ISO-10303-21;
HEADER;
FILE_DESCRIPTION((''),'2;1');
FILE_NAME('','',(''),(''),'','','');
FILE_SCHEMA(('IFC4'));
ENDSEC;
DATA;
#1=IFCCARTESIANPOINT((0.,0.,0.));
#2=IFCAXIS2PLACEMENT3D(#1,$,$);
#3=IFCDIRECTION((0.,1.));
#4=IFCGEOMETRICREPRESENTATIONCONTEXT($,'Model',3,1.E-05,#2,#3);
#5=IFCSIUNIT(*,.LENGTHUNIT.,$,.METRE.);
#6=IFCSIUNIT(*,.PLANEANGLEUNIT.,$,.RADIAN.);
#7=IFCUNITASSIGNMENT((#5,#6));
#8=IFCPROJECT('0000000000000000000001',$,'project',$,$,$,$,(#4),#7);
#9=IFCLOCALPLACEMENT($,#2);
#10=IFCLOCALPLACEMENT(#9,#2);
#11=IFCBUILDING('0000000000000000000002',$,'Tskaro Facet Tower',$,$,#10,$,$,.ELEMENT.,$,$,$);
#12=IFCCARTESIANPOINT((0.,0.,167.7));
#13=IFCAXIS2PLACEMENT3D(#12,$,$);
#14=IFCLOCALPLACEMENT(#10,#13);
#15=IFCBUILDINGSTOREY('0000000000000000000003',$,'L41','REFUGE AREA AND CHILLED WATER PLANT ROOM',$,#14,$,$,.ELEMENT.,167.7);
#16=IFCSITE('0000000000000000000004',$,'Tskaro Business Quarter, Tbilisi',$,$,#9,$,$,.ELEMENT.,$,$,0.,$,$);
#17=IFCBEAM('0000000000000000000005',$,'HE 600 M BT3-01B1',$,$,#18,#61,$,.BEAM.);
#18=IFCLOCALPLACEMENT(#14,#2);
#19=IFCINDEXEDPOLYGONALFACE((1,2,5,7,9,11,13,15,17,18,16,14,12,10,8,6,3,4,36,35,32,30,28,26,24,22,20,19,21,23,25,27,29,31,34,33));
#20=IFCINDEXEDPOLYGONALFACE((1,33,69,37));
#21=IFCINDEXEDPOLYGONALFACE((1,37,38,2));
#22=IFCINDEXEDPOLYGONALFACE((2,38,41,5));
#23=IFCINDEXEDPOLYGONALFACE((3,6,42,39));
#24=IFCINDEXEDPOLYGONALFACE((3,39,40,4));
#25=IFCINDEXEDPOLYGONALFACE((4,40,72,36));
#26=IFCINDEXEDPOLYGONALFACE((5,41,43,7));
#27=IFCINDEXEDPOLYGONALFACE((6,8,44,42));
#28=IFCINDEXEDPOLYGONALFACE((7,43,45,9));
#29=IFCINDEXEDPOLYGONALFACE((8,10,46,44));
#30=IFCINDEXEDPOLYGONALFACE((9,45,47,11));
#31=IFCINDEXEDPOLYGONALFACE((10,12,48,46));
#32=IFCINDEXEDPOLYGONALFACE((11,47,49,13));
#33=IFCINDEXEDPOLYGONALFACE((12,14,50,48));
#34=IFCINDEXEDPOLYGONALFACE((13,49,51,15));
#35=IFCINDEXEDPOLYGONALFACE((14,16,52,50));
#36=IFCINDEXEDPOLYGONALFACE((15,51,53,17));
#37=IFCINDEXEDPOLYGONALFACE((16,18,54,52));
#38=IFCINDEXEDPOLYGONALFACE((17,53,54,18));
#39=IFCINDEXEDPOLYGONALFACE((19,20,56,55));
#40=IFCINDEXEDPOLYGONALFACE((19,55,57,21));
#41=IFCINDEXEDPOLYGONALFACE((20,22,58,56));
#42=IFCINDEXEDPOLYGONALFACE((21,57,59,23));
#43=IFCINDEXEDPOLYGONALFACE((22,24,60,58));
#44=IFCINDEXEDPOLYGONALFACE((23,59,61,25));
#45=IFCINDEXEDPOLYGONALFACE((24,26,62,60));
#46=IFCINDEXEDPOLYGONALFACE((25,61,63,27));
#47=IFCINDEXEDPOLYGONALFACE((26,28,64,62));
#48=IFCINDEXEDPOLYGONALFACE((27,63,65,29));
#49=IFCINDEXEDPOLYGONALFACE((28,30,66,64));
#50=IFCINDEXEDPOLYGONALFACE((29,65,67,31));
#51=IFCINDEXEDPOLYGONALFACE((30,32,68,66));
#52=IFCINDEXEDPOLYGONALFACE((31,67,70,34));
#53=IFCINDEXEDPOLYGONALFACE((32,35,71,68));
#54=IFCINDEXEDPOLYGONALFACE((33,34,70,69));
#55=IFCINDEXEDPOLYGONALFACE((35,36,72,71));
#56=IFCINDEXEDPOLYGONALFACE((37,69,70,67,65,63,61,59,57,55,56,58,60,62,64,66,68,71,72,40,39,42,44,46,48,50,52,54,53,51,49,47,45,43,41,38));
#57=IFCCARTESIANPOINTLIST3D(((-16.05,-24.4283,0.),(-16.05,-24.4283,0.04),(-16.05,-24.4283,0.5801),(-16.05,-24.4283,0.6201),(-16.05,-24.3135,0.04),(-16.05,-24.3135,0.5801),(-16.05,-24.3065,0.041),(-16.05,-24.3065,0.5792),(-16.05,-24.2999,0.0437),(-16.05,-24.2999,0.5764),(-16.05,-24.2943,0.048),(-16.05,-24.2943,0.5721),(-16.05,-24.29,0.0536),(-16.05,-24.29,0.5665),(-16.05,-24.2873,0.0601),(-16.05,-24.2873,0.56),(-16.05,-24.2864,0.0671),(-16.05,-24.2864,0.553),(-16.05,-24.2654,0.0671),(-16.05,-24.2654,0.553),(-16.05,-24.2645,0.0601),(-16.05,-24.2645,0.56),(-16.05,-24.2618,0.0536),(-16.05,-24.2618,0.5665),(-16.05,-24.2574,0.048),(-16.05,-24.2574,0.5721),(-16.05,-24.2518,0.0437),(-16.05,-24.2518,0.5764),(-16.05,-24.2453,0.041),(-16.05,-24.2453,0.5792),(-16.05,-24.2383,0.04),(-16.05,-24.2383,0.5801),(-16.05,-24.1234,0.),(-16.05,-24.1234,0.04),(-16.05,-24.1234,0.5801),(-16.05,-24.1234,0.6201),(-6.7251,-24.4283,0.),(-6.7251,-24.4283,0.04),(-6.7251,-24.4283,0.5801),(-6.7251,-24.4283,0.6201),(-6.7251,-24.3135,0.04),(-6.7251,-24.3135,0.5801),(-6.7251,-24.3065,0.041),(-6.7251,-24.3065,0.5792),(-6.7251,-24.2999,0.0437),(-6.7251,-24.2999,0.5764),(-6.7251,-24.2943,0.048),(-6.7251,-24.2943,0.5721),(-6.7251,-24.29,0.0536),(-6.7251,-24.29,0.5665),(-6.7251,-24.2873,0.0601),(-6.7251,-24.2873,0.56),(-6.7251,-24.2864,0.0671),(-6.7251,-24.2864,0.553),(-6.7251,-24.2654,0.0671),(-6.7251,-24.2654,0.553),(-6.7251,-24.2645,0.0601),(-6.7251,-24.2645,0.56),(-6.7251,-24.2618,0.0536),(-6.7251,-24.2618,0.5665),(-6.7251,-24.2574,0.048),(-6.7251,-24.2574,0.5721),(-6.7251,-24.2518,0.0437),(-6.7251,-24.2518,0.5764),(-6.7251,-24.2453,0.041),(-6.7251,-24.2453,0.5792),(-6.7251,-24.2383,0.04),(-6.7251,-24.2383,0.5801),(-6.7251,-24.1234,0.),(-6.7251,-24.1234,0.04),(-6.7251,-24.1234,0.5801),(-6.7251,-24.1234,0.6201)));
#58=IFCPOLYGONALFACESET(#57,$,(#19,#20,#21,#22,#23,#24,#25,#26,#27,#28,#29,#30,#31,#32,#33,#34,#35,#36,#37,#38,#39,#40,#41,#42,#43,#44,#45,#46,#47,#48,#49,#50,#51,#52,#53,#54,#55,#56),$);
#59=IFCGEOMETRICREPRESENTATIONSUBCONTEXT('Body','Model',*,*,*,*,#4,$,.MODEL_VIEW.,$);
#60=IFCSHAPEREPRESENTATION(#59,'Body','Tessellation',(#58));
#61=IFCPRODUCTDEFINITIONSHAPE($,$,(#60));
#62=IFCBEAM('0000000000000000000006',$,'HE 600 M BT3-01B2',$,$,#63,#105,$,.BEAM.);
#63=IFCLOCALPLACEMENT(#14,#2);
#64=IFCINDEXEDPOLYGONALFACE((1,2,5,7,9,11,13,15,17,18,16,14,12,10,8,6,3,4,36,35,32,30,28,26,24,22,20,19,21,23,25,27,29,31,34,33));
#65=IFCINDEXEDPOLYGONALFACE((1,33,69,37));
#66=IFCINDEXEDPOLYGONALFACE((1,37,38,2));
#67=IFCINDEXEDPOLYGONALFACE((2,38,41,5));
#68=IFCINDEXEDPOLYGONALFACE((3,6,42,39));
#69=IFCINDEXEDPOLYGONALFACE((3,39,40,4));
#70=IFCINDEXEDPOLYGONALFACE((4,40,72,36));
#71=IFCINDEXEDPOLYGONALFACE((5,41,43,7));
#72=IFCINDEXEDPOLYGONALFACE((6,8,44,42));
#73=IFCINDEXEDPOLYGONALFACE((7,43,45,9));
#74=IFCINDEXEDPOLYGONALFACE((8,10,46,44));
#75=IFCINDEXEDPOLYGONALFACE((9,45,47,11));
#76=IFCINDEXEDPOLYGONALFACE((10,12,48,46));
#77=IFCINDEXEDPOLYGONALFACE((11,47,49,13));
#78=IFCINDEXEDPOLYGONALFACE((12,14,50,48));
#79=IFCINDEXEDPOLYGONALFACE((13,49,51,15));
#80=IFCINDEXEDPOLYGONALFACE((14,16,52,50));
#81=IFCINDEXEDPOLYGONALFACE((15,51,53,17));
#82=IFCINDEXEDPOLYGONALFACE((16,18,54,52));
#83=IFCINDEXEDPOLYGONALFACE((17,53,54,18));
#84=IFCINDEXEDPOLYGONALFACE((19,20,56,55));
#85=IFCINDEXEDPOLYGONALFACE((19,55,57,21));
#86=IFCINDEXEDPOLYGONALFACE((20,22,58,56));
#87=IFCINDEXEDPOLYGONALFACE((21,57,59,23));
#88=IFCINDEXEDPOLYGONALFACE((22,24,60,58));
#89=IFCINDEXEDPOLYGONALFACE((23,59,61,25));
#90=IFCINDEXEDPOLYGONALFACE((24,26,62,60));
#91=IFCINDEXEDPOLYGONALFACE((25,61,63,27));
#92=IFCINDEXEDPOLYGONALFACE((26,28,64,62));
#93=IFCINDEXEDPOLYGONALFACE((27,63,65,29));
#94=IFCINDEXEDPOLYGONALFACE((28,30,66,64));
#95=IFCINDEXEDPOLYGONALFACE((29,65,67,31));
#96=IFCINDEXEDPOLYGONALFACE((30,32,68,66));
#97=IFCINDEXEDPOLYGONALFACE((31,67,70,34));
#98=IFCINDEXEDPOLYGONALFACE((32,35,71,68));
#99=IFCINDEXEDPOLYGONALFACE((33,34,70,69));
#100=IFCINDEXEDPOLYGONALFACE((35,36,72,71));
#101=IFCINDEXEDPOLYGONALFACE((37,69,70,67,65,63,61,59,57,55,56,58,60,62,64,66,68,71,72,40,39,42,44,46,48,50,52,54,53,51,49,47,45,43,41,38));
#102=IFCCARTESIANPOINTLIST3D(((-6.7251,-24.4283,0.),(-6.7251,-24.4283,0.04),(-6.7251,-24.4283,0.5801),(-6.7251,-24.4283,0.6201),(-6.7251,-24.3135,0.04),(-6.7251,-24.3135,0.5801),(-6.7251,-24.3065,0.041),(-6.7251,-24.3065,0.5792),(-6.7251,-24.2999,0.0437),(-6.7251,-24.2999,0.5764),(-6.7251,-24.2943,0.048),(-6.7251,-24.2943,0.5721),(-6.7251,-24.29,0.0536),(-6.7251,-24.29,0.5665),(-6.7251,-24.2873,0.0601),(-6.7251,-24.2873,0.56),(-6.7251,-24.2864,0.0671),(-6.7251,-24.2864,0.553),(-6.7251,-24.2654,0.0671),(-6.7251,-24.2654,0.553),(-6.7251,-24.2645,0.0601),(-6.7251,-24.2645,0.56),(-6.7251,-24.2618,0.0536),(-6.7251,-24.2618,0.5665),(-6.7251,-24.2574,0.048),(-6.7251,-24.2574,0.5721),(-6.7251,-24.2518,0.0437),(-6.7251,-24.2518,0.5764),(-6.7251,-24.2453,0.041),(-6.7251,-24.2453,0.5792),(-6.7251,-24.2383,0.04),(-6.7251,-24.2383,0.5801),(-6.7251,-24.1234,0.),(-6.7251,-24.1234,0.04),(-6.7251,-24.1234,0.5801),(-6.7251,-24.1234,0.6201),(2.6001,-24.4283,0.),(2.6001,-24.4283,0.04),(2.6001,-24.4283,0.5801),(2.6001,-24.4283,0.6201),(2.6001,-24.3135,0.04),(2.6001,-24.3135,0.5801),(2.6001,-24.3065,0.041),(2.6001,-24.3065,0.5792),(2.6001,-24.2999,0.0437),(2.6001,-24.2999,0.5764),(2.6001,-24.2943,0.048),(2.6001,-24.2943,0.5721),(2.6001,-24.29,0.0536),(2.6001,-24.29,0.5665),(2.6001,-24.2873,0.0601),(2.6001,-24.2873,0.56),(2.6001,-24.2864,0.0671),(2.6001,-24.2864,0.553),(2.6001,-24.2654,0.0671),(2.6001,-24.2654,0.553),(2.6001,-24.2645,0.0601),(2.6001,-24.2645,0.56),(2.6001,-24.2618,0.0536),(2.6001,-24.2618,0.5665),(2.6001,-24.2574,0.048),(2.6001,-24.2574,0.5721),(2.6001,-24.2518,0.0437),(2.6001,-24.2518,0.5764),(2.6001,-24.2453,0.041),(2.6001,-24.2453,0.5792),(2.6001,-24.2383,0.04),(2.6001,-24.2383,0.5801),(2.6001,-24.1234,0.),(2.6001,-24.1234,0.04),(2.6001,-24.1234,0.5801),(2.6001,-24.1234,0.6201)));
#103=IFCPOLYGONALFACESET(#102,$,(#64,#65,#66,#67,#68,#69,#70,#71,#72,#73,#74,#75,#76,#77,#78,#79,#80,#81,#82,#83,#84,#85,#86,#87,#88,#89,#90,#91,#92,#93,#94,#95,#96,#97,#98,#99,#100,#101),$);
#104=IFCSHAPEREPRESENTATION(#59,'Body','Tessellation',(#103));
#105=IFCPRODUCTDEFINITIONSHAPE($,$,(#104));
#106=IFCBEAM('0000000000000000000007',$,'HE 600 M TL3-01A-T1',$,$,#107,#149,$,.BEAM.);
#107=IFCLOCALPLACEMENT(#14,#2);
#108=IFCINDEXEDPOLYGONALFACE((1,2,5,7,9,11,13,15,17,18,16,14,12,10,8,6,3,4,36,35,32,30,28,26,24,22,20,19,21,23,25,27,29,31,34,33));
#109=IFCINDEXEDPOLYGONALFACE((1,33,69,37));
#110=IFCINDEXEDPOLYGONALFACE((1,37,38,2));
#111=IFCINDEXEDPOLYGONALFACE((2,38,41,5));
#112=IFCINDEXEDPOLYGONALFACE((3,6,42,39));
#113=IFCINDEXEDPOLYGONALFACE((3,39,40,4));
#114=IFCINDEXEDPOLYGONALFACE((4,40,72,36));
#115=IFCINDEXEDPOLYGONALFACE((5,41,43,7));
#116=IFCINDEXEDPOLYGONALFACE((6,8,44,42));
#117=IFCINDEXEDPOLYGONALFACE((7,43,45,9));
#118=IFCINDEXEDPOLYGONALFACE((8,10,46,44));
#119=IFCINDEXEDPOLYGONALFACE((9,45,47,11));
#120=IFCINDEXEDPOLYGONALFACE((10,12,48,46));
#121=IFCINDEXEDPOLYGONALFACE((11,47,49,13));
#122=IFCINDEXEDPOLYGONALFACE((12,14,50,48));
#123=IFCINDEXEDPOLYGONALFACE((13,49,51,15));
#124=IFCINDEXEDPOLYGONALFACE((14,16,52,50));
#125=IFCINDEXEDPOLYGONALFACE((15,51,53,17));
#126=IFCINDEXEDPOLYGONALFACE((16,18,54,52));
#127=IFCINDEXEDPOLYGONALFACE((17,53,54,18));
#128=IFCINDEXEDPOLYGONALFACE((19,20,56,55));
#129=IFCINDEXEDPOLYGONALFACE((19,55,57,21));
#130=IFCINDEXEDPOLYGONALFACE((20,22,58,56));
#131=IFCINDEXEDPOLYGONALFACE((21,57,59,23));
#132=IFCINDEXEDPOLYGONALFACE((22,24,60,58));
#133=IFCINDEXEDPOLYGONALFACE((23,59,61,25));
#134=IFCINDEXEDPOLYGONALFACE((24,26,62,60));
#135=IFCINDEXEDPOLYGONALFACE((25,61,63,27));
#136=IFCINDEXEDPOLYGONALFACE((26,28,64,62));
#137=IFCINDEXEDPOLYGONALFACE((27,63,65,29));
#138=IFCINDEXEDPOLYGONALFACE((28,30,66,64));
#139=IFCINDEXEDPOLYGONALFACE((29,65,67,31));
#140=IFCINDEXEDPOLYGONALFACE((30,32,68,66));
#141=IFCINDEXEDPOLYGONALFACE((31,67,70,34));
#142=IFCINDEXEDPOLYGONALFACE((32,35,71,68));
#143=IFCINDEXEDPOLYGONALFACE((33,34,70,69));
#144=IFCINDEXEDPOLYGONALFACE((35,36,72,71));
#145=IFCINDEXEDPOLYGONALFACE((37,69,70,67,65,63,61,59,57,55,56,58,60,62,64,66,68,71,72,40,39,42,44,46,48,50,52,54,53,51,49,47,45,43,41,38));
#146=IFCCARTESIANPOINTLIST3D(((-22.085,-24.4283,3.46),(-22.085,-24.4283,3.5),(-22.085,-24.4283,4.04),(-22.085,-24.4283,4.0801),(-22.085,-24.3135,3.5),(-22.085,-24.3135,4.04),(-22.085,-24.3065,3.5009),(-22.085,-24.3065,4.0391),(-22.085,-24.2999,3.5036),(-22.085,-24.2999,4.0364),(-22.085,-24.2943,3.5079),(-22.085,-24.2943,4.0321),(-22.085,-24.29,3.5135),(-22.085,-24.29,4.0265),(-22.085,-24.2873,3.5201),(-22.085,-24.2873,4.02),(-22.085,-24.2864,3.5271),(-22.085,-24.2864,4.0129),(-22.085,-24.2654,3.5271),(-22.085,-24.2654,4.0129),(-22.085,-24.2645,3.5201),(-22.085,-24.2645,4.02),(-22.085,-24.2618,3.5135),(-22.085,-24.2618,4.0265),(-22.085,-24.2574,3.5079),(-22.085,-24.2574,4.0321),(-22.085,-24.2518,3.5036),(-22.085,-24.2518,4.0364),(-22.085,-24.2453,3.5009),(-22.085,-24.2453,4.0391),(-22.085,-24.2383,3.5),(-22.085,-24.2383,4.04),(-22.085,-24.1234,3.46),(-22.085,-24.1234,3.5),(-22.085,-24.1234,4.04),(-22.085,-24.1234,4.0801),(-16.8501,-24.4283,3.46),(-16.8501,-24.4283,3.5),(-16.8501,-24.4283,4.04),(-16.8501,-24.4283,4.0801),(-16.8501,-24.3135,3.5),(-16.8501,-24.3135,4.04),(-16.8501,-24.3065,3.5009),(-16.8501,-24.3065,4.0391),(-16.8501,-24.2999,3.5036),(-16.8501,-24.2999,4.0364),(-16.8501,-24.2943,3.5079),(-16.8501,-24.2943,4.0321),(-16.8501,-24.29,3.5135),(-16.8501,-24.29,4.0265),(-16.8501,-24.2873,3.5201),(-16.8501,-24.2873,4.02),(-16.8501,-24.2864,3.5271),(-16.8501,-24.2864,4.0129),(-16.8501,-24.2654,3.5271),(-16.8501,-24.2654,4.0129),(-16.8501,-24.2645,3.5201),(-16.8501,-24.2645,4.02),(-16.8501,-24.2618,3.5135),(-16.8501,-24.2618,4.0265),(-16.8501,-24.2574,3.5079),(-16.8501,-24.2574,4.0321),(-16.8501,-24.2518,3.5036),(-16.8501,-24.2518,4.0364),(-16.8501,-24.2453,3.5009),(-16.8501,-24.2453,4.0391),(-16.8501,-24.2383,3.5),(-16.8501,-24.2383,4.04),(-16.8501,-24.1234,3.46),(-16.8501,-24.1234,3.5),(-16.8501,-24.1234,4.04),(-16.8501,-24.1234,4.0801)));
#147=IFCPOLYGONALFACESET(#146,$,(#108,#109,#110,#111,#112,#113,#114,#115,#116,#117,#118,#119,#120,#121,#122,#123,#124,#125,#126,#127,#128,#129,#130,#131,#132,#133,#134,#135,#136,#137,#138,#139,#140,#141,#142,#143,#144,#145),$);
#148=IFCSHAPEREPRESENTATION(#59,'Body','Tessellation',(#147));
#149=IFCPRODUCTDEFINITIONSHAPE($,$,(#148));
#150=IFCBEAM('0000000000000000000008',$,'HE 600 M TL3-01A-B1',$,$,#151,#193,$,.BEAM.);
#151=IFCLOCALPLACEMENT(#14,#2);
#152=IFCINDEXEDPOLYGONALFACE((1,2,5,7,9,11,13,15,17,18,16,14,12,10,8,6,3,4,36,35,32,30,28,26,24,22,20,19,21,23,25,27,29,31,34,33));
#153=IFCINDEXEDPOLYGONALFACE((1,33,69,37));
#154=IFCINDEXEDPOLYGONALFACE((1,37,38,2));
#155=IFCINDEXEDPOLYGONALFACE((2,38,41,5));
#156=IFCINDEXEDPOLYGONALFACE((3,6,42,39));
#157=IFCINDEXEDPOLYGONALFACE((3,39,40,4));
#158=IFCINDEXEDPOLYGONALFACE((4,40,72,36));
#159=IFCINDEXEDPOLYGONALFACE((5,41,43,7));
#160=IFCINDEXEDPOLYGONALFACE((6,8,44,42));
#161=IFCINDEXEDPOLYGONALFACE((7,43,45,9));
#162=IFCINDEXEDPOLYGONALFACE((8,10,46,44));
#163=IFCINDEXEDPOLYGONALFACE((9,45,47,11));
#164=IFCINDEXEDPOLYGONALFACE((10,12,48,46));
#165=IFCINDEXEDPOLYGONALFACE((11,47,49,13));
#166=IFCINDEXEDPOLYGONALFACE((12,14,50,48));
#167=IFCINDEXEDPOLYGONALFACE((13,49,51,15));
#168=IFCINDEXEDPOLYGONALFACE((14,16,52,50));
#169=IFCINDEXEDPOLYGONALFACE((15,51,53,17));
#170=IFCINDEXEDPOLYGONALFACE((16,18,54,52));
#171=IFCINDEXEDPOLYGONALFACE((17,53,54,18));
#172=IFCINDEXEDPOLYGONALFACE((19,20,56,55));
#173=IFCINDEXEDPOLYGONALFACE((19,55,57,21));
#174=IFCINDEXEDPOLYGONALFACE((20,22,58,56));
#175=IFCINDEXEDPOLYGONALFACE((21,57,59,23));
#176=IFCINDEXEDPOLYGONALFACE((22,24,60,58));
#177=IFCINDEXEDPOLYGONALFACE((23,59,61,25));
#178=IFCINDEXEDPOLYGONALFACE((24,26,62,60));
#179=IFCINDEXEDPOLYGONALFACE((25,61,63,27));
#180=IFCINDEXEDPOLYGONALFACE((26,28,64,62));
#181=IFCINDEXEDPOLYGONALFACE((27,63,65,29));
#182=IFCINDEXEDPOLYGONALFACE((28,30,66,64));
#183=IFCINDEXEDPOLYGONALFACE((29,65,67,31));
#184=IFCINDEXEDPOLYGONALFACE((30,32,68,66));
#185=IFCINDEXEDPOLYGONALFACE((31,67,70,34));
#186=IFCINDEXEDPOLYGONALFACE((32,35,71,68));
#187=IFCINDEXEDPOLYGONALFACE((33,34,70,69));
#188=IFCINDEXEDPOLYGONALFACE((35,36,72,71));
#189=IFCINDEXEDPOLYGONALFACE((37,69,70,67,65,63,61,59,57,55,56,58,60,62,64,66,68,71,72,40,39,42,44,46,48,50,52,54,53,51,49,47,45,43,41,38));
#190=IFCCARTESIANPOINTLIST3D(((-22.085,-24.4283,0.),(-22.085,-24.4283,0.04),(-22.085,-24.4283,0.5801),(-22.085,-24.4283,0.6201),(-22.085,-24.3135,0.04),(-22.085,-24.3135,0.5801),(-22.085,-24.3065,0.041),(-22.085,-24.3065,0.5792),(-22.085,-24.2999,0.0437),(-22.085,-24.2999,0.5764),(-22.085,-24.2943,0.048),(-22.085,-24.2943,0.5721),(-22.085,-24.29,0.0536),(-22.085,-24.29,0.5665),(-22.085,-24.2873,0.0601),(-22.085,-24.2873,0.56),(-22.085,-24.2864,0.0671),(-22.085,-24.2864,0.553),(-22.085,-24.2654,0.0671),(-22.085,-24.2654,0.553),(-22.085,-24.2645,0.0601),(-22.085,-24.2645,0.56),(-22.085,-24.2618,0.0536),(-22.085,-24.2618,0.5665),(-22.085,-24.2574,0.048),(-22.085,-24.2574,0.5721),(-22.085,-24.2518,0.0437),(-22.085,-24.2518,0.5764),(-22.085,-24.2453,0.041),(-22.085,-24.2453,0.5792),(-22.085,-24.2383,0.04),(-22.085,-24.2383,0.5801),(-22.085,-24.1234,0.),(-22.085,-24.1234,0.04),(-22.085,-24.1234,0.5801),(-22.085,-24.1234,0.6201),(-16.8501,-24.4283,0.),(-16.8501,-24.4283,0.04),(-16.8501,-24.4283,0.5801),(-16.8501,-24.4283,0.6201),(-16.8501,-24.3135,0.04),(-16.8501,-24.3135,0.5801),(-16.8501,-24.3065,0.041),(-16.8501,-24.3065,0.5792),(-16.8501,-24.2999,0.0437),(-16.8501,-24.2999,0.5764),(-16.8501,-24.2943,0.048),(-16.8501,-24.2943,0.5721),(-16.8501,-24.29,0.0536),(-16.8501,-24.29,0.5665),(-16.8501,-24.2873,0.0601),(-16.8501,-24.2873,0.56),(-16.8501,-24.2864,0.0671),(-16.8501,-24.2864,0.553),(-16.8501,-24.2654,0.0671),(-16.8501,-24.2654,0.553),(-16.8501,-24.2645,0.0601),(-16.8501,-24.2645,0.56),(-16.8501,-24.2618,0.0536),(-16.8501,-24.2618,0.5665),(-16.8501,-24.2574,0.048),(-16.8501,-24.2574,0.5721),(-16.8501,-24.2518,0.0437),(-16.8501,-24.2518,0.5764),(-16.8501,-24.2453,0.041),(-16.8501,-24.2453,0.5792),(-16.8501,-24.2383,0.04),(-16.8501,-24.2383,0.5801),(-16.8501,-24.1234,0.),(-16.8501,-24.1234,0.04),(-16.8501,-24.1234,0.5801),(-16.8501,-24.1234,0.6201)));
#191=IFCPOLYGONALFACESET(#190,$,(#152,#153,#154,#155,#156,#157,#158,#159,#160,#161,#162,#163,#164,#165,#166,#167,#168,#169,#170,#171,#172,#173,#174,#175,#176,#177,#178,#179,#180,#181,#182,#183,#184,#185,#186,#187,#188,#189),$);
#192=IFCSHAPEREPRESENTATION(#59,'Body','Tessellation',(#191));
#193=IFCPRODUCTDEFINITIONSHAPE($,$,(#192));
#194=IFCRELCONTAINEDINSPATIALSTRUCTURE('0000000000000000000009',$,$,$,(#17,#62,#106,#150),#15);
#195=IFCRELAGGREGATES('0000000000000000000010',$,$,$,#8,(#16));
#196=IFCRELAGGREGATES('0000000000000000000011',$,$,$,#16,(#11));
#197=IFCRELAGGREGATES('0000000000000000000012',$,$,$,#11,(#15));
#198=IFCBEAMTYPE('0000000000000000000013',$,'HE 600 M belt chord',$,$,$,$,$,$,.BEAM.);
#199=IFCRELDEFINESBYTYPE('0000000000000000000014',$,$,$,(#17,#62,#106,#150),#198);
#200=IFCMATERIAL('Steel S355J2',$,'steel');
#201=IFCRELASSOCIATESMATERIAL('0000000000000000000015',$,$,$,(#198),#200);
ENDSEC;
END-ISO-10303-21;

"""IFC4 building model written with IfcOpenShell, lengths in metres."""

from ifc_helpers import new_model, si_unit, direction, frame, origin, origin_2d, place, context, subcontext, project, spatial, i_section, extrude, material, material_profile, profile_set, type_object, element, save


model = new_model("IFC4")

# Units and contexts
model_context = context("Model", 3, precision=1e-05, world=origin(), true_north=direction((0.0, 1.0)))
body_context = subcontext(model_context, "Body", "Model", "MODEL_VIEW")
ifc_project = project(units=[si_unit("LENGTHUNIT", "METRE"), si_unit("PLANEANGLEUNIT", "RADIAN")], contexts=[model_context])

# Site, building, storey
site_placement = place(None, origin())
site = spatial("IfcSite", under=ifc_project, at=site_placement, Name="Tskaro Business Quarter, Tbilisi", CompositionType="ELEMENT", RefElevation=0.0)
building_placement = place(site_placement, origin())
building = spatial("IfcBuilding", under=site, at=building_placement, Name="Tskaro Facet Tower", CompositionType="ELEMENT")
storey_placement = place(building_placement, frame((0.0, 0.0, 167.7)))
storey = spatial("IfcBuildingStorey", under=building, at=storey_placement, Name="L41", Description="REFUGE AREA AND CHILLED WATER PLANT ROOM", CompositionType="ELEMENT", Elevation=167.7)

# Shared definitions
ifc_material_1 = material(Name="Steel S355J2", Category="steel")

# Beams
ifc_material_profile_1 = material_profile(ifc_material_1, i_section(OverallWidth=0.3049, OverallDepth=0.6201, WebThickness=0.021, FlangeThickness=0.04, FilletRadius=0.0271, at=origin_2d()), Name="HE 600 M")
ifc_profile_set_1 = profile_set([ifc_material_profile_1], Name="Steel S355J2")
beam_type_1 = type_object("IfcBeamType", Name="HE 600 M belt chord", PredefinedType="BEAM", material=ifc_profile_set_1)
beam_1_placement = place(storey_placement, frame((-16.05, -24.2759, 0.3101), z_axis=(1.0, 0.0, 0.0), x_axis=(0.0, 1.0, 0.0)))
element("IfcBeam", 1, at=beam_1_placement, inside=storey, type_object=beam_type_1, Name="HE 600 M BT3-01B1", PredefinedType="BEAM", context=body_context, shape_type="SweptSolid", body=[
    extrude(i_section(OverallWidth=0.3049, OverallDepth=0.6201, WebThickness=0.021, FlangeThickness=0.04, FilletRadius=0.0271, at=origin_2d()), origin(), (0.0, 0.0, 1.0), 9.325),
])
beam_2_placement = place(storey_placement, frame((-6.7251, -24.2759, 0.3101), z_axis=(1.0, 0.0, 0.0), x_axis=(0.0, 1.0, 0.0)))
element("IfcBeam", 2, at=beam_2_placement, inside=storey, type_object=beam_type_1, Name="HE 600 M BT3-01B2", PredefinedType="BEAM", context=body_context, shape_type="SweptSolid", body=[
    extrude(i_section(OverallWidth=0.3049, OverallDepth=0.6201, WebThickness=0.021, FlangeThickness=0.04, FilletRadius=0.0271, at=origin_2d()), origin(), (0.0, 0.0, 1.0), 9.3252),
])
for number, where, z_axis, x_axis, name in (
    (3, (-16.8501, -24.2759, 3.77), (-1.0, 0.0, 0.0), (0.0, -1.0, 0.0), "HE 600 M TL3-01A-T1"),
    (4, (-16.8501, -24.2759, 0.3101), (-1.0, 0.0, 0.0), (0.0, -1.0, 0.0), "HE 600 M TL3-01A-B1"),
):
    element("IfcBeam", number, at=place(storey_placement, frame(where, z_axis=z_axis, x_axis=x_axis)), inside=storey, type_object=beam_type_1, Name=name, PredefinedType="BEAM", context=body_context, shape_type="SweptSolid", body=[
        extrude(i_section(OverallWidth=0.3049, OverallDepth=0.6201, WebThickness=0.021, FlangeThickness=0.04, FilletRadius=0.0271, at=origin_2d()), origin(), (0.0, 0.0, 1.0), 5.2349),
    ])

save(model, "model.ifc")
